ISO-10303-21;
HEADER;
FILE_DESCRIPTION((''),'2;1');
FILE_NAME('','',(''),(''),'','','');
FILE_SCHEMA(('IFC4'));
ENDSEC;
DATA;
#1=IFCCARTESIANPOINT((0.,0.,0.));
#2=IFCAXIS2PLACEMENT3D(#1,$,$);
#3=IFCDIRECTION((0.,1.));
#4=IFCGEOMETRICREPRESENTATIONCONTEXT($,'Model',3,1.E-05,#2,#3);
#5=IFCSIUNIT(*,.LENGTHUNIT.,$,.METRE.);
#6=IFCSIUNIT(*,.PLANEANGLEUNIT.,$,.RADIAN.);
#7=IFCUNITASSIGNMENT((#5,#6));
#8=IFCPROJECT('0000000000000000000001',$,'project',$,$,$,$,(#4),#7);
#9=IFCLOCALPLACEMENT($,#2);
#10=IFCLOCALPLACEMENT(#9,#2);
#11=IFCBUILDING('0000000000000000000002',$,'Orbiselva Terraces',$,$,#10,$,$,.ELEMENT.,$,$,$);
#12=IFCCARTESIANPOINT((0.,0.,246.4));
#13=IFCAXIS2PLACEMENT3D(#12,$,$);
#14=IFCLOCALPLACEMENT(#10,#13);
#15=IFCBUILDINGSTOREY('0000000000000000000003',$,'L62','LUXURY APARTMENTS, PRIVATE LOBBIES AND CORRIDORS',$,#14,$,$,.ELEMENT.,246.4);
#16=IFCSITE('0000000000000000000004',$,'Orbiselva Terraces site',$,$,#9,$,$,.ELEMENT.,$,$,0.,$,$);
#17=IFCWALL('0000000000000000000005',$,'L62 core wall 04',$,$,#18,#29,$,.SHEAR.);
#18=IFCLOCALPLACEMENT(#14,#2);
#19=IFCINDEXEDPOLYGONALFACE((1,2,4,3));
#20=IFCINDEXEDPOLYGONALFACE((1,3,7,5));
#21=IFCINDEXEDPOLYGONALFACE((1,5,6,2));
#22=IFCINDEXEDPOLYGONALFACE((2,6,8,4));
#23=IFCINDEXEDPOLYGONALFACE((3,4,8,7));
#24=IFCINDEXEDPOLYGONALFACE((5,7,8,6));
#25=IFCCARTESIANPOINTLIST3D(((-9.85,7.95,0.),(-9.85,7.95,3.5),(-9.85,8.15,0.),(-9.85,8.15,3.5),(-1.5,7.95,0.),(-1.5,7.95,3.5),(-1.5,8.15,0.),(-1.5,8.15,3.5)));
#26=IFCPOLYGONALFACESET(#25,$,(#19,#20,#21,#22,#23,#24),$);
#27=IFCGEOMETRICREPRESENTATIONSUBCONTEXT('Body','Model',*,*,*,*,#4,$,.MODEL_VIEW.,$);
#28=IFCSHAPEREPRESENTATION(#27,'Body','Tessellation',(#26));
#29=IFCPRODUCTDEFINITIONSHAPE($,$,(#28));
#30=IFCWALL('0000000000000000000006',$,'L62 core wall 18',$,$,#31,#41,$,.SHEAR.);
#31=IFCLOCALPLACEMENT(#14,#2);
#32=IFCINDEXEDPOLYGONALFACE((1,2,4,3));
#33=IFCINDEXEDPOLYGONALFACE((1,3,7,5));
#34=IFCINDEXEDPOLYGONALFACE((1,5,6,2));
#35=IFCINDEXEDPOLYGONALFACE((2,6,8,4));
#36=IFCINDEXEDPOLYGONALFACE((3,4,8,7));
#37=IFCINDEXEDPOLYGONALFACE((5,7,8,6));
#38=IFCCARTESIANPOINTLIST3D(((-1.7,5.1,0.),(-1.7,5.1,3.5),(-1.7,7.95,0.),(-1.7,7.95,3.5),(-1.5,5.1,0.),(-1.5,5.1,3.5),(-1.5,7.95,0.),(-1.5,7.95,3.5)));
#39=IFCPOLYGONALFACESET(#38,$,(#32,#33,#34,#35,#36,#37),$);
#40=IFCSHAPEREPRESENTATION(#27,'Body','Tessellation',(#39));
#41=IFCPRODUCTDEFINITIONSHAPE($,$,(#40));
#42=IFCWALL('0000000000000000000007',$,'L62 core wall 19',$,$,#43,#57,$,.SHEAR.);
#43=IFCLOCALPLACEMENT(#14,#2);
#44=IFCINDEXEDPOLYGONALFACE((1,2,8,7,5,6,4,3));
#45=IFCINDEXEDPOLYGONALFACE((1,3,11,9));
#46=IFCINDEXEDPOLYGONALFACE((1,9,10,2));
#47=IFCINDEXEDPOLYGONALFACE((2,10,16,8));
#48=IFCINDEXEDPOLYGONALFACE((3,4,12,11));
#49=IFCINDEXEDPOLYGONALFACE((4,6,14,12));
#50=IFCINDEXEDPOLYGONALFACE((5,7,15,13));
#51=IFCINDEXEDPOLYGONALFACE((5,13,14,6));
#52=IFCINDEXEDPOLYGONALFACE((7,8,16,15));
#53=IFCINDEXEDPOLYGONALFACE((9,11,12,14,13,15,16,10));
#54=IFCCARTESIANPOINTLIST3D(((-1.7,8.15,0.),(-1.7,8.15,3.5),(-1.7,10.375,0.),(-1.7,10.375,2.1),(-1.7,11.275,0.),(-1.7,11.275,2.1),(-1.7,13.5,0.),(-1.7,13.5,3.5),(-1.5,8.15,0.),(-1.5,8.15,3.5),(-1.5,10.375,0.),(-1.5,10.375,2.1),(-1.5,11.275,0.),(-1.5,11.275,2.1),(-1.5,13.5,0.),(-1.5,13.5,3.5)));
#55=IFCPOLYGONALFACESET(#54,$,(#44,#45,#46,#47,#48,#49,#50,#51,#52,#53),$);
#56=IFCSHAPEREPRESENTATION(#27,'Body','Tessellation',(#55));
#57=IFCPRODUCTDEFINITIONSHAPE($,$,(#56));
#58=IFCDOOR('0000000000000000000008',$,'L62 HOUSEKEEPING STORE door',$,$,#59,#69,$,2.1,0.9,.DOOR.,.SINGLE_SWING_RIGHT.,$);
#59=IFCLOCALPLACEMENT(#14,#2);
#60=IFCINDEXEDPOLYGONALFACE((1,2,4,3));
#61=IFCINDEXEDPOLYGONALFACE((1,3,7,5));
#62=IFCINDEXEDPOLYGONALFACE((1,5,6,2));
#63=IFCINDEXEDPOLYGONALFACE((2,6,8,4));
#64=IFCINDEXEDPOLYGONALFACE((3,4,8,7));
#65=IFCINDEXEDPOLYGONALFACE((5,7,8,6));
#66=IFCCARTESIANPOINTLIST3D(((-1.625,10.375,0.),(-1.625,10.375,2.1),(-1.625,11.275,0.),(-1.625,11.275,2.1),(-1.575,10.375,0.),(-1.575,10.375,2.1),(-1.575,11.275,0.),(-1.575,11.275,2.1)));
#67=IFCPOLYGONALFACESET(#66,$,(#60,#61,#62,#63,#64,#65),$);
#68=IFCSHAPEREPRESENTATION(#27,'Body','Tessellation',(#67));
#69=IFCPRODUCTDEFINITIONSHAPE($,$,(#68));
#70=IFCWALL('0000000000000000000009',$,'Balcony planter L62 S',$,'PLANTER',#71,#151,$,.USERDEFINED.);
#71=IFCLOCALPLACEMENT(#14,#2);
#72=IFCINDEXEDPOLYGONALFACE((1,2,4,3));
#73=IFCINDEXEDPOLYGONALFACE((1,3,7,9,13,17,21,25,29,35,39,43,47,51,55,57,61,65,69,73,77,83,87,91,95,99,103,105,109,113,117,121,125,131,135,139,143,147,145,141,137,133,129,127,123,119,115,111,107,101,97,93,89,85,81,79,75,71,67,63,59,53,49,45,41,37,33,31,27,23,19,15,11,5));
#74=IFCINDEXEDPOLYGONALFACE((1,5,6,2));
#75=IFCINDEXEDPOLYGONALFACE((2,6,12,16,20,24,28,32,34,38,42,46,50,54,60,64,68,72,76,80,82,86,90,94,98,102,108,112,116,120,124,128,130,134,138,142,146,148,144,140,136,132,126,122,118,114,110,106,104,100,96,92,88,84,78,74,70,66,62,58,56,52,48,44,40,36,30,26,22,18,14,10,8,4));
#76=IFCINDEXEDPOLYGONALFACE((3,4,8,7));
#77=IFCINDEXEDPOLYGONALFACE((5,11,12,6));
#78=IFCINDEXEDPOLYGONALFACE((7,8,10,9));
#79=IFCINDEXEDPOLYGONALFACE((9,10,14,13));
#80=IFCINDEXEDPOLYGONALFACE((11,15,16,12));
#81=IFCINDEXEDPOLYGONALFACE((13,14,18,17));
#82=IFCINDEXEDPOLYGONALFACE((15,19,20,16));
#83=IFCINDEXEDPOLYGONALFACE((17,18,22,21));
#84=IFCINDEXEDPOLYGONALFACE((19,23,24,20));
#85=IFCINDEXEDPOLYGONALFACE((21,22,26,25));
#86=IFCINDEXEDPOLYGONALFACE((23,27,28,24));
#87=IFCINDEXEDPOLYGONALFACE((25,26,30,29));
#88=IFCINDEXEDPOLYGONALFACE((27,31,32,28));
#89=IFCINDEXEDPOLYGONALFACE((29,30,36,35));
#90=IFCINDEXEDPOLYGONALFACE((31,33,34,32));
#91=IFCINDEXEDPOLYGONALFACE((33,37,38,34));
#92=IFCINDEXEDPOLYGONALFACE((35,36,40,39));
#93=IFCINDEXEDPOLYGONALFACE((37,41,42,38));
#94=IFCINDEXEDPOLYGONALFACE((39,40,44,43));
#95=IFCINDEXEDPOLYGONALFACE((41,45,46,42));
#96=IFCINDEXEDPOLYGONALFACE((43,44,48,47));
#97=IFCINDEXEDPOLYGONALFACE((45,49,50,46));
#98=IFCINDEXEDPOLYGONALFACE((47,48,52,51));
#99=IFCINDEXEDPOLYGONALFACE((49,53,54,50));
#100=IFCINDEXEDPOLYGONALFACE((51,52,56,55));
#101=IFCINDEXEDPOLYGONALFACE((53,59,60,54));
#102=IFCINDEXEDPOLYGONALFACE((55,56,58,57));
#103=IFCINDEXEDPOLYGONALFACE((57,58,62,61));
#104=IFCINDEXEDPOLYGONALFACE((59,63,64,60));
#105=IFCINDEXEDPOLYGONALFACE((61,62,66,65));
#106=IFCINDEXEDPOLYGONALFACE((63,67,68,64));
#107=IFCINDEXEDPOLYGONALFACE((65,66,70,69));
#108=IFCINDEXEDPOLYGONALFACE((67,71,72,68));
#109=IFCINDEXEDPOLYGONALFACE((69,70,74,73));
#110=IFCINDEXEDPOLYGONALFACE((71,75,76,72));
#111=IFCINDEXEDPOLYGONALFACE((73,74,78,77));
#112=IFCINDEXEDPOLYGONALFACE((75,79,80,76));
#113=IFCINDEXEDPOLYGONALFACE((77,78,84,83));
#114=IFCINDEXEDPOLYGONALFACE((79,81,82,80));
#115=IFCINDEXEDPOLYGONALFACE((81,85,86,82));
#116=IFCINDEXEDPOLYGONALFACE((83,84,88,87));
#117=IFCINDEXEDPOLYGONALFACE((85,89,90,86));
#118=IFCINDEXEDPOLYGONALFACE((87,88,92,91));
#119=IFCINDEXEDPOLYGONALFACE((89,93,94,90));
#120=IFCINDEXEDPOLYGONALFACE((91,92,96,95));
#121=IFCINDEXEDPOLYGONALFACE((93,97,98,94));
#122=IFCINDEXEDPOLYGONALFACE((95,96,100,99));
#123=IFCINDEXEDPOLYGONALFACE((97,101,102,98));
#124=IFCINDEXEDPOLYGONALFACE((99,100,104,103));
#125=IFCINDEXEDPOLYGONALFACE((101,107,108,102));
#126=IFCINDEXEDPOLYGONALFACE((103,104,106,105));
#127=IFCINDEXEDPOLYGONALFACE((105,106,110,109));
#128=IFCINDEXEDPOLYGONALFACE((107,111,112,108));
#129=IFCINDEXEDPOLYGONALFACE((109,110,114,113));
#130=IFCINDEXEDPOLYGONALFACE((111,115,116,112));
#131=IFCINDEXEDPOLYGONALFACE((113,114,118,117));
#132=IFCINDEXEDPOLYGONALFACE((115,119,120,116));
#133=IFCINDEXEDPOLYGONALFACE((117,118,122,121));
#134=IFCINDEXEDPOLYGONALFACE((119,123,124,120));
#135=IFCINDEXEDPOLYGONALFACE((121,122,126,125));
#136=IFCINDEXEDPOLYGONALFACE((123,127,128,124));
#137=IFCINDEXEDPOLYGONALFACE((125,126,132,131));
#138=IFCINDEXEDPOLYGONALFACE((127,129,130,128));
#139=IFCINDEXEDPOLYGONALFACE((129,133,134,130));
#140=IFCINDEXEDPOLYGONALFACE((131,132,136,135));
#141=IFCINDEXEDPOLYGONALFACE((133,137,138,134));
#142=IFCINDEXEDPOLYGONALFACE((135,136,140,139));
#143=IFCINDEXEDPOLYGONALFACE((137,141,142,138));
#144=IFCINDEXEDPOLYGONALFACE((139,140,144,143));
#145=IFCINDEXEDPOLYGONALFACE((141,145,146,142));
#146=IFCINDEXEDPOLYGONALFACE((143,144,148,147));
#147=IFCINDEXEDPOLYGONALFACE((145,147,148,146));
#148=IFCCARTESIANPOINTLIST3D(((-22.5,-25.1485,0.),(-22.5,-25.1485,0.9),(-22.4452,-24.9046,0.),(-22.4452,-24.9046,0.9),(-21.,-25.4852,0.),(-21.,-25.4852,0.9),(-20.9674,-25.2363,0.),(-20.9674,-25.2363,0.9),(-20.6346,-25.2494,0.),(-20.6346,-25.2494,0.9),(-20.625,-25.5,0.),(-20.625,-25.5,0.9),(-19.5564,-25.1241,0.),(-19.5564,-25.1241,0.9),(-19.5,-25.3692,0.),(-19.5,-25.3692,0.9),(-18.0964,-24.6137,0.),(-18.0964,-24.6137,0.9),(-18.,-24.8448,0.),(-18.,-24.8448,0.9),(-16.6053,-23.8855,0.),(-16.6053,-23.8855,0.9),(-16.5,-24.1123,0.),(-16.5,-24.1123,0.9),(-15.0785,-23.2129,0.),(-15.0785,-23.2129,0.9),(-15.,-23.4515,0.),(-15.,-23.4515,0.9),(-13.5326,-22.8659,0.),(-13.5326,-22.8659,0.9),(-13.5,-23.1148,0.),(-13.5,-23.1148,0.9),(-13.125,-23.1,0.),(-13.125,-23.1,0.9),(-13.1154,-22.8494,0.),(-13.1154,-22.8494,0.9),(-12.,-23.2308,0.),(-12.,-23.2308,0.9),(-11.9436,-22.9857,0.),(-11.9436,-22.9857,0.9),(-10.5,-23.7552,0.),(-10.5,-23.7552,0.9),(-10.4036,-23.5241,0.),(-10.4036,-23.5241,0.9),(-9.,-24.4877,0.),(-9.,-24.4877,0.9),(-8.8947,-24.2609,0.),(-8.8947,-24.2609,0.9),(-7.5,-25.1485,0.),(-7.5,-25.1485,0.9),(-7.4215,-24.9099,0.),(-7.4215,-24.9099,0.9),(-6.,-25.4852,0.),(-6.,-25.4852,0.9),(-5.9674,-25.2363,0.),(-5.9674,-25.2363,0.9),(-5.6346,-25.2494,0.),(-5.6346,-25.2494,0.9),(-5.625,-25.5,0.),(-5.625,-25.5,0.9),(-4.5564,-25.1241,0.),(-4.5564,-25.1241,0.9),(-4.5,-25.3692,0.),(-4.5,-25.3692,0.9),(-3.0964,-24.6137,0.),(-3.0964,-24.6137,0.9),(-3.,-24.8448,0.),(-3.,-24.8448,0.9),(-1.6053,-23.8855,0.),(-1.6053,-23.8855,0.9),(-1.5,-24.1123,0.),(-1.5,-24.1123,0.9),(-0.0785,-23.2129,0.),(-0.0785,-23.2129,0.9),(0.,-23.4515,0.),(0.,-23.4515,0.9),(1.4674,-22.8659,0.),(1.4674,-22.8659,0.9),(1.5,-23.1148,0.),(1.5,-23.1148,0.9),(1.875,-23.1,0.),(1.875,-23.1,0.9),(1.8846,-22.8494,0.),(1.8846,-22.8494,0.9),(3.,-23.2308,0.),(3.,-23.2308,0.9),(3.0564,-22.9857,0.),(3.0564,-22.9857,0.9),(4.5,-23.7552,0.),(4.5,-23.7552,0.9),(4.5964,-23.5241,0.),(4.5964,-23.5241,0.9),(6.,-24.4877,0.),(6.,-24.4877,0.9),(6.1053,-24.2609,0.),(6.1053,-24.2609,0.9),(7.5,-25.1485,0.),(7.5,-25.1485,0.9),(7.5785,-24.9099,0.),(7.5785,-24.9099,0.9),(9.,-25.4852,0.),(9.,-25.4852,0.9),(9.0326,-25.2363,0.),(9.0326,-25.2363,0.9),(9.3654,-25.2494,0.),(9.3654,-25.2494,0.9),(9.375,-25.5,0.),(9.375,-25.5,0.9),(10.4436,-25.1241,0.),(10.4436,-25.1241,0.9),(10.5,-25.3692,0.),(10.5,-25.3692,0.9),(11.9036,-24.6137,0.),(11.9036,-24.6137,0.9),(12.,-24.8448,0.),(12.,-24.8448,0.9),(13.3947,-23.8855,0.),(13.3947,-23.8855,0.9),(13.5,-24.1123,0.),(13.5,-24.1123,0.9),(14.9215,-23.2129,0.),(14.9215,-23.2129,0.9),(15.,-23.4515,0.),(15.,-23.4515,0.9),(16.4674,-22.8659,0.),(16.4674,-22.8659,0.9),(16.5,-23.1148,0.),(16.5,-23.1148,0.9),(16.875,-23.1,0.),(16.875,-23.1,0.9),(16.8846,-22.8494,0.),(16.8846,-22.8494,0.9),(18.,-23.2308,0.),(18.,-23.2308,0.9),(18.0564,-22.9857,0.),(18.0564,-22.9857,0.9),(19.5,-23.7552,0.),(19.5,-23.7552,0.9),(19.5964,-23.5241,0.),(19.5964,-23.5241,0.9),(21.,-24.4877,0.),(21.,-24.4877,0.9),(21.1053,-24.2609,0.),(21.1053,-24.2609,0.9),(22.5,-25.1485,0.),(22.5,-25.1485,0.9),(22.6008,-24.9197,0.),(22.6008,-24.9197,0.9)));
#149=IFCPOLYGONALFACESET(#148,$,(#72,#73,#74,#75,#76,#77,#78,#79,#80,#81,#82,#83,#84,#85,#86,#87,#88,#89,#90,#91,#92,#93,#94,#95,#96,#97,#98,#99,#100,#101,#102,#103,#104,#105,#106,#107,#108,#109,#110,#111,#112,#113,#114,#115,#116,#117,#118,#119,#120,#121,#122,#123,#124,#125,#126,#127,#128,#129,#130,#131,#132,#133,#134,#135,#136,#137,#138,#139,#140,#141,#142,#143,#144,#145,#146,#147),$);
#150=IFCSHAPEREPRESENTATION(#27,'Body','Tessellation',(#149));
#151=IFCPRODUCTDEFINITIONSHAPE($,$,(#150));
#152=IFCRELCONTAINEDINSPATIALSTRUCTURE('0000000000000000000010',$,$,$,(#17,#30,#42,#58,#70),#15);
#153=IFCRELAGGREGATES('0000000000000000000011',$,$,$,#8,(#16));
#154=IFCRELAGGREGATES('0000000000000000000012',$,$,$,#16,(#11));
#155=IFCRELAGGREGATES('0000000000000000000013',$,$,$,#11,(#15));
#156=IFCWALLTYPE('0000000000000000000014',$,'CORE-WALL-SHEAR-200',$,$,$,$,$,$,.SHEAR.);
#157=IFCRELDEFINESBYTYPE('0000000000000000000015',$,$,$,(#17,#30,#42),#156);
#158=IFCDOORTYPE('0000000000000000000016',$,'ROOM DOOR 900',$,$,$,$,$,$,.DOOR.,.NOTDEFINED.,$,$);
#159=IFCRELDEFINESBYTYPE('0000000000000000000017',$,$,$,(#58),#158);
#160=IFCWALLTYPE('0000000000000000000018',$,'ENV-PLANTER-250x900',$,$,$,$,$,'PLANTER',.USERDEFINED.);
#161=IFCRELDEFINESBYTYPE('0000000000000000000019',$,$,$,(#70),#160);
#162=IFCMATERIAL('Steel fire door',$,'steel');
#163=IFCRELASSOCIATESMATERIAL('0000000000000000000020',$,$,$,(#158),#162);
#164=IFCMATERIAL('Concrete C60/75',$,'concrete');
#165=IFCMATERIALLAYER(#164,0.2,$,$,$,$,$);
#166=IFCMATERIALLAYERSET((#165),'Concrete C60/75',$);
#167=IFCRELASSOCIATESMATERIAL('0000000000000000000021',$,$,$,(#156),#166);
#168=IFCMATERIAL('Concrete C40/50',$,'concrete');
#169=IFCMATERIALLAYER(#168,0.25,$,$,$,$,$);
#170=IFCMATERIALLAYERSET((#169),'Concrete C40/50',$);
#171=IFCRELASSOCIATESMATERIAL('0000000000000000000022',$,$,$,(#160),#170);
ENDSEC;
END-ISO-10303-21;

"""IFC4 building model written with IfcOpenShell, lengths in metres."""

from ifc_helpers import new_model, si_unit, direction, frame, frame_2d, origin, place, context, subcontext, project, spatial, polyline, rectangle, outline, extrude, material, layer, layer_set, type_object, element, fill, save


model = new_model("IFC4")

# Units and contexts
model_context = context("Model", 3, precision=1e-05, world=origin(), true_north=direction((0.0, 1.0)))
body_context = subcontext(model_context, "Body", "Model", "MODEL_VIEW")
ifc_project = project(units=[si_unit("LENGTHUNIT", "METRE"), si_unit("PLANEANGLEUNIT", "RADIAN")], contexts=[model_context])

# Site, building, storey
site_placement = place(None, origin())
site = spatial("IfcSite", under=ifc_project, at=site_placement, Name="Orbiselva Terraces site", CompositionType="ELEMENT", RefElevation=0.0)
building_placement = place(site_placement, origin())
building = spatial("IfcBuilding", under=site, at=building_placement, Name="Orbiselva Terraces", CompositionType="ELEMENT")
storey_placement = place(building_placement, frame((0.0, 0.0, 246.4)))
storey = spatial("IfcBuildingStorey", under=building, at=storey_placement, Name="L62", Description="LUXURY APARTMENTS, PRIVATE LOBBIES AND CORRIDORS", CompositionType="ELEMENT", Elevation=246.4)

# Shared definitions
ifc_material_1 = material(Name="Steel fire door", Category="steel")
door_type = type_object("IfcDoorType", Name="ROOM DOOR 900", OperationType="NOTDEFINED", PredefinedType="DOOR", material=ifc_material_1)

# Walls
ifc_material_2 = material(Name="Concrete C60/75", Category="concrete")
ifc_layer_1 = layer(ifc_material_2, 0.2)
ifc_layer_set_1 = layer_set([ifc_layer_1], Name="Concrete C60/75")
wall_type_1 = type_object("IfcWallType", Name="CORE-WALL-SHEAR-200", PredefinedType="SHEAR", material=ifc_layer_set_1)
wall_1_placement = place(storey_placement, frame((-9.85, 8.05, 0.0), z_axis=(0.0, 0.0, 1.0), x_axis=(1.0, 0.0, 0.0)))
element("IfcWall", 1, at=wall_1_placement, inside=storey, type_object=wall_type_1, Name="L62 core wall 04", PredefinedType="SHEAR", context=body_context, shape_type="SweptSolid", body=[
    extrude(rectangle(XDim=8.35, YDim=0.2, at=frame_2d((4.175, 0.0))), origin(), (0.0, 0.0, 1.0), 3.5),
])
wall_2_placement = place(storey_placement, frame((-1.6, 5.1, 0.0), z_axis=(0.0, 0.0, 1.0), x_axis=(0.0, 1.0, 0.0)))
element("IfcWall", 2, at=wall_2_placement, inside=storey, type_object=wall_type_1, Name="L62 core wall 18", PredefinedType="SHEAR", context=body_context, shape_type="SweptSolid", body=[
    extrude(rectangle(XDim=2.85, YDim=0.2, at=frame_2d((1.425, 0.0))), origin(), (0.0, 0.0, 1.0), 3.5),
])

# Wall, opening, door
wall_3_placement = place(storey_placement, frame((-1.6, 8.15, 0.0), z_axis=(0.0, 0.0, 1.0), x_axis=(0.0, 1.0, 0.0)))
wall_3 = element("IfcWall", 3, at=wall_3_placement, inside=storey, type_object=wall_type_1, Name="L62 core wall 19", PredefinedType="SHEAR", context=body_context, shape_type="SweptSolid", body=[
    extrude(rectangle(XDim=5.35, YDim=0.2, at=frame_2d((2.675, 0.0))), origin(), (0.0, 0.0, 1.0), 3.5),
])
opening_1_placement = place(wall_3_placement, frame((2.225, 0.0, 0.0)))
opening_1 = element("IfcOpeningElement", 4, at=opening_1_placement, cuts=wall_3, PredefinedType="OPENING", context=body_context, shape_type="SweptSolid", body=[
    extrude(rectangle(XDim=0.9, YDim=2.1, at=frame_2d((0.45, 1.05))), frame((0.0, 0.11, 0.0), z_axis=(0.0, -1.0, 0.0), x_axis=(1.0, 0.0, 0.0)), (0.0, 0.0, 1.0), 0.22),
])
door_1_placement = place(opening_1_placement, origin())
door_1 = element("IfcDoor", 5, at=door_1_placement, inside=storey, type_object=door_type, Name="L62 HOUSEKEEPING STORE door", OperationType="SINGLE_SWING_RIGHT", OverallHeight=2.1, OverallWidth=0.9, PredefinedType="DOOR", context=body_context, shape_type="SweptSolid", body=[
    extrude(rectangle(XDim=0.9, YDim=2.1, at=frame_2d((0.45, 1.05))), frame((0.0, 0.025, 0.0), z_axis=(0.0, -1.0, 0.0), x_axis=(1.0, 0.0, 0.0)), (0.0, 0.0, 1.0), 0.05),
])
fill(opening_1, door_1)

# Wall
ifc_material_3 = material(Name="Concrete C40/50", Category="concrete")
ifc_layer_2 = layer(ifc_material_3, 0.25)
ifc_layer_set_2 = layer_set([ifc_layer_2], Name="Concrete C40/50")
wall_type_2 = type_object("IfcWallType", Name="ENV-PLANTER-250x900", ElementType="PLANTER", PredefinedType="USERDEFINED", material=ifc_layer_set_2)
wall_4_placement = place(storey_placement, origin())
element("IfcWall", 6, at=wall_4_placement, inside=storey, type_object=wall_type_2, Name="Balcony planter L62 S", ObjectType="PLANTER", PredefinedType="USERDEFINED", context=body_context, shape_type="SweptSolid", body=[
    extrude(outline(polyline([(-22.5, -25.1485), (-21.0, -25.4852), (-20.625, -25.5), (-19.5, -25.3692), (-18.0, -24.8448), (-16.5, -24.1123), (-15.0, -23.4515), (-13.5, -23.1148), (-13.125, -23.1), (-12.0, -23.2308), (-10.5, -23.7552), (-9.0, -24.4877), (-7.5, -25.1485), (-6.0, -25.4852), (-5.625, -25.5), (-4.5, -25.3692), (-3.0, -24.8448), (-1.5, -24.1123), (0.0, -23.4515), (1.5, -23.1148), (1.875, -23.1), (3.0, -23.2308), (4.5, -23.7552), (6.0, -24.4877), (7.5, -25.1485), (9.0, -25.4852), (9.375, -25.5), (10.5, -25.3692), (12.0, -24.8448), (13.5, -24.1123), (15.0, -23.4515), (16.5, -23.1148), (16.875, -23.1), (18.0, -23.2308), (19.5, -23.7552), (21.0, -24.4877), (22.5, -25.1485), (22.6008, -24.9197), (21.1053, -24.2609), (19.5964, -23.5241), (18.0564, -22.9857), (16.8846, -22.8494), (16.4674, -22.8659), (14.9215, -23.2129), (13.3947, -23.8855), (11.9036, -24.6137), (10.4436, -25.1241), (9.3654, -25.2494), (9.0326, -25.2363), (7.5785, -24.9099), (6.1053, -24.2609), (4.5964, -23.5241), (3.0564, -22.9857), (1.8846, -22.8494), (1.4674, -22.8659), (-0.0785, -23.2129), (-1.6053, -23.8855), (-3.0964, -24.6137), (-4.5564, -25.1241), (-5.6346, -25.2494), (-5.9674, -25.2363), (-7.4215, -24.9099), (-8.8947, -24.2609), (-10.4036, -23.5241), (-11.9436, -22.9857), (-13.1154, -22.8494), (-13.5326, -22.8659), (-15.0785, -23.2129), (-16.6053, -23.8855), (-18.0964, -24.6137), (-19.5564, -25.1241), (-20.6346, -25.2494), (-20.9674, -25.2363), (-22.4452, -24.9046), (-22.5, -25.1485)])), origin(), (0.0, 0.0, 1.0), 0.9),
])

save(model, "model.ifc")
